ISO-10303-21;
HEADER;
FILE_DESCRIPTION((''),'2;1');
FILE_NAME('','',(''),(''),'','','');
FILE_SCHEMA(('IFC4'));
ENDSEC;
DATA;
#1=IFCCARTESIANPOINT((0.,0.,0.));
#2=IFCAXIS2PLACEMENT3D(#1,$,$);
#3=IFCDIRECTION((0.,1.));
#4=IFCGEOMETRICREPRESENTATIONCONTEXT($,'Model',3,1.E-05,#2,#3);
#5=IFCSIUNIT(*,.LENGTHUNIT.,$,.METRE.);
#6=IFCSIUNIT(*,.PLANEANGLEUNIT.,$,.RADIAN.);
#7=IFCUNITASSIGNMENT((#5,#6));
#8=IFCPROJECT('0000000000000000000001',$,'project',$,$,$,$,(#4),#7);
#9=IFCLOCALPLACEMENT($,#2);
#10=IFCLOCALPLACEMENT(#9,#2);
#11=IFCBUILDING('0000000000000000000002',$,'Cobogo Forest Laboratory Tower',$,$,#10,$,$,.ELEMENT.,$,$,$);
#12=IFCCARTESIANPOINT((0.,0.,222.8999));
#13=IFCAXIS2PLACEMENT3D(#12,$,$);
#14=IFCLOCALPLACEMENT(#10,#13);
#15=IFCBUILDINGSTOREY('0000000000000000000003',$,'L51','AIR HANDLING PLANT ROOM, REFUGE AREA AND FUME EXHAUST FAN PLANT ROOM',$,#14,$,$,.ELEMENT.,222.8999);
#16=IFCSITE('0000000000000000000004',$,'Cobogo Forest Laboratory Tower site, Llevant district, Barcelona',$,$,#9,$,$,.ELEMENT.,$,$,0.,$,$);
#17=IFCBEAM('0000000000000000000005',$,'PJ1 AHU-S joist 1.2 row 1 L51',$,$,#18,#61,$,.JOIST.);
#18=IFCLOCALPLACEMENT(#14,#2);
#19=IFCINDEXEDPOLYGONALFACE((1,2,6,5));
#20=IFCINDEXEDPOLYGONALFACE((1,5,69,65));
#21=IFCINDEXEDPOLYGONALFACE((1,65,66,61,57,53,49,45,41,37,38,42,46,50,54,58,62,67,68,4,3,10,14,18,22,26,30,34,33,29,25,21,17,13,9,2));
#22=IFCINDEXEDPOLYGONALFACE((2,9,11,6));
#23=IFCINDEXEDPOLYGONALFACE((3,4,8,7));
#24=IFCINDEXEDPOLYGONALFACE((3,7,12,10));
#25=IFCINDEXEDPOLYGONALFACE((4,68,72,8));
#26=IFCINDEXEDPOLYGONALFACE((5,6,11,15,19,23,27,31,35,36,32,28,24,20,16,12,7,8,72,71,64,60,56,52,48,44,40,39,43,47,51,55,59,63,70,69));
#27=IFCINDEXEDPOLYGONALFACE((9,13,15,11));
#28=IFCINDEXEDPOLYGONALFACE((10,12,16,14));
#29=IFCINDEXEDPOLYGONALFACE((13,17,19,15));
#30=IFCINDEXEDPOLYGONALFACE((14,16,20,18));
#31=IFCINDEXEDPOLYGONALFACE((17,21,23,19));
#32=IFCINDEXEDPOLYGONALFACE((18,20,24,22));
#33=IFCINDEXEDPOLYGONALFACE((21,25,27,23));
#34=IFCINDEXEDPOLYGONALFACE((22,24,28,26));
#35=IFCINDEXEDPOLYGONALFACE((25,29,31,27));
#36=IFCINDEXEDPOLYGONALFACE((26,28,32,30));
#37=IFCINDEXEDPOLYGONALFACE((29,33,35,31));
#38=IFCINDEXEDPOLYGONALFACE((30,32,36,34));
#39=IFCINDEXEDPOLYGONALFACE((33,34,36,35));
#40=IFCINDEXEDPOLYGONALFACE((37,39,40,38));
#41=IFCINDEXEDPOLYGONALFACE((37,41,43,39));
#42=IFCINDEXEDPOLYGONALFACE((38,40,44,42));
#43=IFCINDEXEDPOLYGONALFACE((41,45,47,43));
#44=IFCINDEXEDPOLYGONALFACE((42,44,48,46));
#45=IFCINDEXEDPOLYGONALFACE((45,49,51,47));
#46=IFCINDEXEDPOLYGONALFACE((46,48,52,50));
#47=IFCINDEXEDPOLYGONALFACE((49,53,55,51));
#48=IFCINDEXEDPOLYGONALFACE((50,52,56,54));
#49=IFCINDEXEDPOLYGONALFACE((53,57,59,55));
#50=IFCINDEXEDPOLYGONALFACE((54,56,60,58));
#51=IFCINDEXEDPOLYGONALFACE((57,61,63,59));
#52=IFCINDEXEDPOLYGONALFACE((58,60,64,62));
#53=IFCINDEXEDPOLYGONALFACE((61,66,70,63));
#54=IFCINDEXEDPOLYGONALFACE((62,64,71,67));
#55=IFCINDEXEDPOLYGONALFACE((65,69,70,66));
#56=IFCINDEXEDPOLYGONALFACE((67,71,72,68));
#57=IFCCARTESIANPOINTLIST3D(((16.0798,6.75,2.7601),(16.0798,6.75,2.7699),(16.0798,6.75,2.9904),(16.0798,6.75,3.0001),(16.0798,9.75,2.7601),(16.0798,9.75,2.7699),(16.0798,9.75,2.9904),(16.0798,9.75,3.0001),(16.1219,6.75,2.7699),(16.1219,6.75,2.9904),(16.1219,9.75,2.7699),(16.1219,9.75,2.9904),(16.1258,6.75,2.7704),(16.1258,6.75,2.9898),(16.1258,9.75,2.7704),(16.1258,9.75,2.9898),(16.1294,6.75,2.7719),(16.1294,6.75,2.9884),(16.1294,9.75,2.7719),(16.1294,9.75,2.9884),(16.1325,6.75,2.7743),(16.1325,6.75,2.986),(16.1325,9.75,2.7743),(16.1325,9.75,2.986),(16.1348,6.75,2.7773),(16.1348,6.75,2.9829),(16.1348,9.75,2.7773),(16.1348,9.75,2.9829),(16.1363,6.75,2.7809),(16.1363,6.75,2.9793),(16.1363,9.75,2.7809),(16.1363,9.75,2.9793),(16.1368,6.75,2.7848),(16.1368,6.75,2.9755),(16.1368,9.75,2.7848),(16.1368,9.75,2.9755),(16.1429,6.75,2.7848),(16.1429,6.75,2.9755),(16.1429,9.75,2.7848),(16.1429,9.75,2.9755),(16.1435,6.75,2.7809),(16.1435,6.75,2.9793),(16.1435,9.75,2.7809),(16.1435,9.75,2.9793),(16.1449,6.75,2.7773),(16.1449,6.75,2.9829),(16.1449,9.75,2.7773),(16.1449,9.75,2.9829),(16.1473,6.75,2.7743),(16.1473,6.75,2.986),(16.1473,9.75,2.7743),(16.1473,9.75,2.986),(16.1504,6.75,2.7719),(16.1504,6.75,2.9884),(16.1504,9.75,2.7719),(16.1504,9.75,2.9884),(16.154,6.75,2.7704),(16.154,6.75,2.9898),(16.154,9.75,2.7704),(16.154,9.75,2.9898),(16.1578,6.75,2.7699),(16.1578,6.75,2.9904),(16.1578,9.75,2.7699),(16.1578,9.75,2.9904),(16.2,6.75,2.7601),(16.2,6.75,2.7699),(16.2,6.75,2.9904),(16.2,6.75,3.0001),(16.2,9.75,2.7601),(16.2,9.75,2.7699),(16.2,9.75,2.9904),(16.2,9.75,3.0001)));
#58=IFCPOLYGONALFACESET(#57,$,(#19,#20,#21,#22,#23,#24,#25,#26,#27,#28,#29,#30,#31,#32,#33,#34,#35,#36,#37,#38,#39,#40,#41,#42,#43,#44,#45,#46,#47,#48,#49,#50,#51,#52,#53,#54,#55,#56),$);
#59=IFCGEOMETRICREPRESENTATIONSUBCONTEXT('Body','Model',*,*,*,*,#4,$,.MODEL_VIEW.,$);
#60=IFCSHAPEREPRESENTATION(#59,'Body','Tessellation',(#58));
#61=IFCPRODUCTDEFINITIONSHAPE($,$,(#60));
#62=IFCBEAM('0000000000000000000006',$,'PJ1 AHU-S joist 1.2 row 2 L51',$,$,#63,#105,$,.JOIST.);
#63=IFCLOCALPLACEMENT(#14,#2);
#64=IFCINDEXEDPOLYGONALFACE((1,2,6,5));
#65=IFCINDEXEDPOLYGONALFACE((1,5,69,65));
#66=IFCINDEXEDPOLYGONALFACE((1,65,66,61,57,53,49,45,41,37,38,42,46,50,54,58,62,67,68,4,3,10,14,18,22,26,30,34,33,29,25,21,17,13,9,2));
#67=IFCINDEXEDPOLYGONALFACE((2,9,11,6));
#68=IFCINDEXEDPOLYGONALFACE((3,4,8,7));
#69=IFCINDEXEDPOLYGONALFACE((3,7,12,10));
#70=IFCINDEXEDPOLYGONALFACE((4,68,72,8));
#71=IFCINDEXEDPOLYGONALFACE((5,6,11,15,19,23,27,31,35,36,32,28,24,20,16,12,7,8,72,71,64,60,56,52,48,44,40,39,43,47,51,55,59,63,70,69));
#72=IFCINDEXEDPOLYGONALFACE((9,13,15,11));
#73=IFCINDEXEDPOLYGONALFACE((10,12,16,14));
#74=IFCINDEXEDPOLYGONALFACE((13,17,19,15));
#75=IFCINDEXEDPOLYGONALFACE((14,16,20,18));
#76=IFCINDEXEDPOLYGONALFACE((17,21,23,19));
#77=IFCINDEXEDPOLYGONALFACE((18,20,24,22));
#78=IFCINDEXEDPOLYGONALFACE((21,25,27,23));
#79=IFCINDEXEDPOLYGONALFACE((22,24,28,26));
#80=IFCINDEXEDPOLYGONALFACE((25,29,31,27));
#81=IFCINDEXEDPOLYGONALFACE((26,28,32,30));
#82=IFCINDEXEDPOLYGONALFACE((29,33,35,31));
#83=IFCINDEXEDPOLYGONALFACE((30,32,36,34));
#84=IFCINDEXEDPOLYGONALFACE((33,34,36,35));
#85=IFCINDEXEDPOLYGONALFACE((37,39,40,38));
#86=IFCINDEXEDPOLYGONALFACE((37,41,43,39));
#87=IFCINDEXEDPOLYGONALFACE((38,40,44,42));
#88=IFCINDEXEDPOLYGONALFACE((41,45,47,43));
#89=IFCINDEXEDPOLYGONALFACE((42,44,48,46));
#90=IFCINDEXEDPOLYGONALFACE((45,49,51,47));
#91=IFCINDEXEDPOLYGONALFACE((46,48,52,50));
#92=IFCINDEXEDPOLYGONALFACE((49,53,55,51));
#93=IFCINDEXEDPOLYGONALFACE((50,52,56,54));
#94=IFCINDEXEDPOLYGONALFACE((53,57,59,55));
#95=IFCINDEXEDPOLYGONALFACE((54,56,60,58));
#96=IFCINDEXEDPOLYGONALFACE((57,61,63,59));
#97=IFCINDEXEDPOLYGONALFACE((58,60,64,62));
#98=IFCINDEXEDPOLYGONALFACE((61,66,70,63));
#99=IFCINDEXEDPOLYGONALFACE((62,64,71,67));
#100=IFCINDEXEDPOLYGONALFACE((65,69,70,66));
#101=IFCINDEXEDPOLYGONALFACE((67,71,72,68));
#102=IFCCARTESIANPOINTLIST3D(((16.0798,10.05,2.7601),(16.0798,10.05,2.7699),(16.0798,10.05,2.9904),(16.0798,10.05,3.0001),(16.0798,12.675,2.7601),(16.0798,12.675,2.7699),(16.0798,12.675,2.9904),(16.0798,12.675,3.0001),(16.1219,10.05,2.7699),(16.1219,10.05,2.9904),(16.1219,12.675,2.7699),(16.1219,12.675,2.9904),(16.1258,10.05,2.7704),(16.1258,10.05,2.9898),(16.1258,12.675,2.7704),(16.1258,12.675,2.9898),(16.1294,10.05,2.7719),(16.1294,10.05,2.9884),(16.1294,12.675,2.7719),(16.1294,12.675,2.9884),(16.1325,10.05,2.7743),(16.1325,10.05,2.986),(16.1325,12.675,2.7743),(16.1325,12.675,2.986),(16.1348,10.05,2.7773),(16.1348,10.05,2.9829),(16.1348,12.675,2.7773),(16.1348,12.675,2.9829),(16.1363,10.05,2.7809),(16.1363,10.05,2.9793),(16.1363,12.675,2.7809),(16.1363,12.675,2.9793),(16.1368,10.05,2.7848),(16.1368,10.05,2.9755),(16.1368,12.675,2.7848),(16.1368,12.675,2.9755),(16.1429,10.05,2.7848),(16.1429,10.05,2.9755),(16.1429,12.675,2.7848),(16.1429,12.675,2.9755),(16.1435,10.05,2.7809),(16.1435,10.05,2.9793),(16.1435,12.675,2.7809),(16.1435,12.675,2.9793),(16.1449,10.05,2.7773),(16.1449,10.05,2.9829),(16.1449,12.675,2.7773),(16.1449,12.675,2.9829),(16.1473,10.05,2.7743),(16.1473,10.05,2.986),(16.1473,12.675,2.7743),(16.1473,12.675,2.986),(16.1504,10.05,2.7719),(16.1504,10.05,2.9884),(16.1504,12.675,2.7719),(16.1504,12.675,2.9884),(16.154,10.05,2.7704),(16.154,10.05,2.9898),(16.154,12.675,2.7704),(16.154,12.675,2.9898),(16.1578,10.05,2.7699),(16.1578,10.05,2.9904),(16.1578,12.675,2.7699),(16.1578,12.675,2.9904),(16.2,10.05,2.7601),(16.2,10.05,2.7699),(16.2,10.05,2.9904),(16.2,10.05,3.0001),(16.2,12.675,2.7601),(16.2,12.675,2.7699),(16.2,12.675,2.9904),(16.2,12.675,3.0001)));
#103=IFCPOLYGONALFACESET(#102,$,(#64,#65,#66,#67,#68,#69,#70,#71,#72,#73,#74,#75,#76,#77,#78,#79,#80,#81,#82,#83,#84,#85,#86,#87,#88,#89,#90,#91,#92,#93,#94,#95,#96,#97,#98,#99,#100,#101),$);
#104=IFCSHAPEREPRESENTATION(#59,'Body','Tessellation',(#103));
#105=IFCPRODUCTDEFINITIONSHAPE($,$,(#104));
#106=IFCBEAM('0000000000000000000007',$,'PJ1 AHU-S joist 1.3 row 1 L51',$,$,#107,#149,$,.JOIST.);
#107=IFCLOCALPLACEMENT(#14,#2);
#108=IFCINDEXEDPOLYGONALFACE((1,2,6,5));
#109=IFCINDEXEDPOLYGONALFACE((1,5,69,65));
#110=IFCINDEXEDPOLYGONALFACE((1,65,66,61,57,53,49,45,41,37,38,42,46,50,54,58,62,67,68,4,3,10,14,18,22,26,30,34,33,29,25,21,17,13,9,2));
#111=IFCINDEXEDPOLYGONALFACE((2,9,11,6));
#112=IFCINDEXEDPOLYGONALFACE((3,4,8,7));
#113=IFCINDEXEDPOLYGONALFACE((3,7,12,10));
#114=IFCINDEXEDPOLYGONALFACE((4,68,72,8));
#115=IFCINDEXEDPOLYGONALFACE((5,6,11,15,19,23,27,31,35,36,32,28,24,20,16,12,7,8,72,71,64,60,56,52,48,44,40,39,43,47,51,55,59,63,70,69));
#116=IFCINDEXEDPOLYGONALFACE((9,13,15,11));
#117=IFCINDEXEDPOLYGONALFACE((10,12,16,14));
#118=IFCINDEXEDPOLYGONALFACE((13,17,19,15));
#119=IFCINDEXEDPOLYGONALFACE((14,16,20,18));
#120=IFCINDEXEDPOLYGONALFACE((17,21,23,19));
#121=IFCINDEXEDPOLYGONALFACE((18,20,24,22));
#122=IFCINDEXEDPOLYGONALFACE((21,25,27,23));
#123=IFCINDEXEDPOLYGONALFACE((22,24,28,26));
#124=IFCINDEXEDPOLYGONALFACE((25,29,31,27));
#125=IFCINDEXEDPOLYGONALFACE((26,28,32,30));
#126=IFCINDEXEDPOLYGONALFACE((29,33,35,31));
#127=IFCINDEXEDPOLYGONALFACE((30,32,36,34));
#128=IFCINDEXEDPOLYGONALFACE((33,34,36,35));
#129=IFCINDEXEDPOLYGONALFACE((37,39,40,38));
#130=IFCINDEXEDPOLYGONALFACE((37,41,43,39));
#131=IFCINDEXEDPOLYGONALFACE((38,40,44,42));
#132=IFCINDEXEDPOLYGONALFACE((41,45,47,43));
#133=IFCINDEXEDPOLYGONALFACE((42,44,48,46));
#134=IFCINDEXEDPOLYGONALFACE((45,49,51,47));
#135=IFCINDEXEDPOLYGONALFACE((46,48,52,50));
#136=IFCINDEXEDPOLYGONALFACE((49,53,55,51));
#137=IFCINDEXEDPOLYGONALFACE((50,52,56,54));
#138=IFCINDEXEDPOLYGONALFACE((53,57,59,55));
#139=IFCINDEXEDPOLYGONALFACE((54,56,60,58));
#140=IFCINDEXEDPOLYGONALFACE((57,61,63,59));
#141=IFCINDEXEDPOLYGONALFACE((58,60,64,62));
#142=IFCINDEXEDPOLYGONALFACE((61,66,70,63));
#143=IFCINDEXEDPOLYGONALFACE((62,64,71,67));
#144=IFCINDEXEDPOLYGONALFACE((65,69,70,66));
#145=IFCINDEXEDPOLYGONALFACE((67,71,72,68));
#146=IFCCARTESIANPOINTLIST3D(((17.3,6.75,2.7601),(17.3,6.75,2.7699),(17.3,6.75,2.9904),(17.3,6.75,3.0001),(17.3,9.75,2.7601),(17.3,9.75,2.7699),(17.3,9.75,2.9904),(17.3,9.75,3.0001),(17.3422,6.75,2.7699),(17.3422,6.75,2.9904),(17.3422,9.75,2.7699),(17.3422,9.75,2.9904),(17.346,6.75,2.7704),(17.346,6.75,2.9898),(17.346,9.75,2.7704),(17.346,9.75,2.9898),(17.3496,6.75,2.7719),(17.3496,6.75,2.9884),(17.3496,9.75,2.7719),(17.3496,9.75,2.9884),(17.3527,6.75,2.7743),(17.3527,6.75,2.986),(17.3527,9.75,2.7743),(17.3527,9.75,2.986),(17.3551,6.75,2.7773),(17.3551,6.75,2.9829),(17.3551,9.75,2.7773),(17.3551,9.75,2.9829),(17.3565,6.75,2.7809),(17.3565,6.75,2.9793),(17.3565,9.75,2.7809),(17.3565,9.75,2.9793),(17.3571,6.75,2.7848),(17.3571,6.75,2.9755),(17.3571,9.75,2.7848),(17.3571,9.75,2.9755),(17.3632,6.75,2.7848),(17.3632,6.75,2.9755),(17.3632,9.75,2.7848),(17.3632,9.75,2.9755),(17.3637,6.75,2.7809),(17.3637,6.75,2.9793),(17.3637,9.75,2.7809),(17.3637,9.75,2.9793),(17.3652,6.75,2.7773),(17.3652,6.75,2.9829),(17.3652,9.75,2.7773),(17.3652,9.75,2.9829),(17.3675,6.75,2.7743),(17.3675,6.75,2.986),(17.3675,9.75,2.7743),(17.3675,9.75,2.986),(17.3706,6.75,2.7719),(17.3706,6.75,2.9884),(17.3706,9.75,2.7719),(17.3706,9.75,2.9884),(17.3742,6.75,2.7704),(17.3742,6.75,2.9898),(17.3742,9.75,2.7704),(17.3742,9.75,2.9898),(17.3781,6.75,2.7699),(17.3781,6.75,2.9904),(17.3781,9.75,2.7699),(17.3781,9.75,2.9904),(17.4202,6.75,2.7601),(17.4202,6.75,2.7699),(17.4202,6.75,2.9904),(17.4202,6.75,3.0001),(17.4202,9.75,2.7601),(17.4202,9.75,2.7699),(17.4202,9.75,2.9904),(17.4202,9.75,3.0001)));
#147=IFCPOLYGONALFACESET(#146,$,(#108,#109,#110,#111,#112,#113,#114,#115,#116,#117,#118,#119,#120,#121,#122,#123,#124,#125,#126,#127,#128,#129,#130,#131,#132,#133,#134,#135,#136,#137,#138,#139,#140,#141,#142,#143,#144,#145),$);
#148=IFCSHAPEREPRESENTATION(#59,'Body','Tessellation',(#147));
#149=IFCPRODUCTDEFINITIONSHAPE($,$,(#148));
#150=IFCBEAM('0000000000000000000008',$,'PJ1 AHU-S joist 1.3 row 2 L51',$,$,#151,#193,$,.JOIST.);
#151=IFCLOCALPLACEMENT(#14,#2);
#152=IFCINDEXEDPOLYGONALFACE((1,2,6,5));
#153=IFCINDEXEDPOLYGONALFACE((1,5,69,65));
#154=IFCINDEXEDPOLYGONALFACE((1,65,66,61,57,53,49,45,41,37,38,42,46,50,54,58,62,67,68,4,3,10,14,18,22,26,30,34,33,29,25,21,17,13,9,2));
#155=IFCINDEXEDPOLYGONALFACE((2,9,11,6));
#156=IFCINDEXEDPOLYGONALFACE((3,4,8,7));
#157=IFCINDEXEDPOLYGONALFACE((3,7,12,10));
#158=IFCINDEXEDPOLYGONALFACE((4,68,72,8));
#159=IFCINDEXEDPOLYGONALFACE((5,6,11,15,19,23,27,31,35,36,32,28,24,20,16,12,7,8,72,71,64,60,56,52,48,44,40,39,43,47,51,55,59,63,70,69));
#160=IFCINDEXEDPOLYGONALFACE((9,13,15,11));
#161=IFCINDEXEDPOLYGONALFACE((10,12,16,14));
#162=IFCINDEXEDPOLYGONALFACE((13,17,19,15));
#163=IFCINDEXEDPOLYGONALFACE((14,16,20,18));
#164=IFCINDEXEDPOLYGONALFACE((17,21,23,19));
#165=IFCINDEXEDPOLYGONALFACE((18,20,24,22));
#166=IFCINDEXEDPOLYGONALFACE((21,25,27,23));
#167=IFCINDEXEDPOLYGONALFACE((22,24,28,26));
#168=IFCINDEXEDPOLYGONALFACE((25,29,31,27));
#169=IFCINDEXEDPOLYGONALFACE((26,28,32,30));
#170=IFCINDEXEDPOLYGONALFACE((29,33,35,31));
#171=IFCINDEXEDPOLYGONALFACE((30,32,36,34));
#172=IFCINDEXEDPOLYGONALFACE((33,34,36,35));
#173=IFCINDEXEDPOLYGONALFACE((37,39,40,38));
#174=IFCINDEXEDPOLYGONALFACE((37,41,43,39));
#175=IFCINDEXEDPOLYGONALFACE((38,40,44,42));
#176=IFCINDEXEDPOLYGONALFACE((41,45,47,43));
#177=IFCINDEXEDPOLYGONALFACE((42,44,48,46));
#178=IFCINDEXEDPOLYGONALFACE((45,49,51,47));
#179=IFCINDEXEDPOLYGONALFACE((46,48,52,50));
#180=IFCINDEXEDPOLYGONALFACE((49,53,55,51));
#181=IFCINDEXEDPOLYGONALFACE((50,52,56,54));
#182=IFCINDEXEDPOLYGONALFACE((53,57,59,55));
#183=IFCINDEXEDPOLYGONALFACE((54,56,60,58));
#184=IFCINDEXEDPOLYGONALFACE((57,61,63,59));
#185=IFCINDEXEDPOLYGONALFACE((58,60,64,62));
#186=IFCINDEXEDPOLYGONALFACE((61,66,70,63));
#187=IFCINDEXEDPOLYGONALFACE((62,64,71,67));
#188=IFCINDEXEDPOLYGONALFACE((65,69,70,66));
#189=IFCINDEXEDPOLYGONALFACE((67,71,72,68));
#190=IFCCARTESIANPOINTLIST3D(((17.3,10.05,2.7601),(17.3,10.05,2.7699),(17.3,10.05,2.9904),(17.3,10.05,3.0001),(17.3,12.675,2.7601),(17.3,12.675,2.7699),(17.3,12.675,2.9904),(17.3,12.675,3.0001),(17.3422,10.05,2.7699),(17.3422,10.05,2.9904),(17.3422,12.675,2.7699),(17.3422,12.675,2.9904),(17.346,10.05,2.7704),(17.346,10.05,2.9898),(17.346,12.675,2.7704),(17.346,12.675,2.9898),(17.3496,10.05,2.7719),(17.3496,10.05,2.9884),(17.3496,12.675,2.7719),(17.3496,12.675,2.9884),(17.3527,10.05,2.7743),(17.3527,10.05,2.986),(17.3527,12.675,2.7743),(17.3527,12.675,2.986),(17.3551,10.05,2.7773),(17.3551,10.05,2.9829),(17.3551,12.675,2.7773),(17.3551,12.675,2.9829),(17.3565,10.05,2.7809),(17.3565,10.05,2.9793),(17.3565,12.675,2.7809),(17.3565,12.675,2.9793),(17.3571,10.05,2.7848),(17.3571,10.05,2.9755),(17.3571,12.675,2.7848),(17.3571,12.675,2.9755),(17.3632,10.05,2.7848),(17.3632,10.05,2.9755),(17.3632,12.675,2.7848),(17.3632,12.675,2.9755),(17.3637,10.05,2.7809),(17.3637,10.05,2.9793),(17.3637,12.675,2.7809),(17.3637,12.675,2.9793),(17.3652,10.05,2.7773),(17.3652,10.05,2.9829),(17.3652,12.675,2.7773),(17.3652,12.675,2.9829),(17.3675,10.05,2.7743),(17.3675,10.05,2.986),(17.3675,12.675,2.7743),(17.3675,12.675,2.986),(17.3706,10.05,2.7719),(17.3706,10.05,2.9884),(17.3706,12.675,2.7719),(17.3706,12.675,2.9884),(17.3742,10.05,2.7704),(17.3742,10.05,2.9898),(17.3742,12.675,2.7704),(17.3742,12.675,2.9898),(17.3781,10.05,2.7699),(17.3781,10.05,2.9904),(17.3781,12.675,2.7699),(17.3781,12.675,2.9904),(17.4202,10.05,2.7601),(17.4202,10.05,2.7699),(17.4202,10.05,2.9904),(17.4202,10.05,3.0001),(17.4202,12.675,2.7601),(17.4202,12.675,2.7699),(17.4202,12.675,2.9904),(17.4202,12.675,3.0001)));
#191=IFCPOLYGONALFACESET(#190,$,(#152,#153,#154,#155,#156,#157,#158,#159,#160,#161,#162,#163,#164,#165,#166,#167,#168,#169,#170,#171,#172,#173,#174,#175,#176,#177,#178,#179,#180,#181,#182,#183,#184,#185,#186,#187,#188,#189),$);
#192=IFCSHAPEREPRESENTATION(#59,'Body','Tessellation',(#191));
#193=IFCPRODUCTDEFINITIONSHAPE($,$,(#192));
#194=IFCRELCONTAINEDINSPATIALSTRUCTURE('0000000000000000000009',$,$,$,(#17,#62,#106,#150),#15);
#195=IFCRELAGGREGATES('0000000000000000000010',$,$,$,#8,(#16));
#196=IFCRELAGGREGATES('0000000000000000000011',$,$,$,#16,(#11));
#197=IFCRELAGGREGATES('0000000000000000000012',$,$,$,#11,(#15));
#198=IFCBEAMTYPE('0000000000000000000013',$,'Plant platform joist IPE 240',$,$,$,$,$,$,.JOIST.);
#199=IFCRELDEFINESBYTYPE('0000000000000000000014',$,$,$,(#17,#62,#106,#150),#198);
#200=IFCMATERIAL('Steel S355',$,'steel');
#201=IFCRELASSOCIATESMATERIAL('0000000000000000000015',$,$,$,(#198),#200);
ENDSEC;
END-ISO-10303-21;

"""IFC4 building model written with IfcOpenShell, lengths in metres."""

from ifc_helpers import new_model, si_unit, direction, frame, origin, origin_2d, place, context, subcontext, project, spatial, i_section, extrude, material, material_profile, profile_set, type_object, element, save


model = new_model("IFC4")

# Units and contexts
model_context = context("Model", 3, precision=1e-05, world=origin(), true_north=direction((0.0, 1.0)))
body_context = subcontext(model_context, "Body", "Model", "MODEL_VIEW")
ifc_project = project(units=[si_unit("LENGTHUNIT", "METRE"), si_unit("PLANEANGLEUNIT", "RADIAN")], contexts=[model_context])

# Site, building, storey
site_placement = place(None, origin())
site = spatial("IfcSite", under=ifc_project, at=site_placement, Name="Cobogo Forest Laboratory Tower site, Llevant district, Barcelona", CompositionType="ELEMENT", RefElevation=0.0)
building_placement = place(site_placement, origin())
building = spatial("IfcBuilding", under=site, at=building_placement, Name="Cobogo Forest Laboratory Tower", CompositionType="ELEMENT")
storey_placement = place(building_placement, frame((0.0, 0.0, 222.8999)))
storey = spatial("IfcBuildingStorey", under=building, at=storey_placement, Name="L51", Description="AIR HANDLING PLANT ROOM, REFUGE AREA AND FUME EXHAUST FAN PLANT ROOM", CompositionType="ELEMENT", Elevation=222.8999)

# Beams
ifc_material_1 = material(Name="Steel S355", Category="steel")
ifc_material_profile_1 = material_profile(ifc_material_1, i_section(OverallWidth=0.1201, OverallDepth=0.24, WebThickness=0.0061, FlangeThickness=0.0098, FilletRadius=0.0149, at=origin_2d()), Name="IPE 240")
ifc_profile_set_1 = profile_set([ifc_material_profile_1], Name="Steel S355")
beam_type_1 = type_object("IfcBeamType", Name="Plant platform joist IPE 240", PredefinedType="JOIST", material=ifc_profile_set_1)
beam_1_placement = place(storey_placement, frame((16.1399, 6.75, 2.8801), z_axis=(0.0, 1.0, 0.0), x_axis=(-1.0, 0.0, 0.0)))
element("IfcBeam", 1, at=beam_1_placement, inside=storey, type_object=beam_type_1, Name="PJ1 AHU-S joist 1.2 row 1 L51", PredefinedType="JOIST", context=body_context, shape_type="SweptSolid", body=[
    extrude(i_section(OverallWidth=0.1201, OverallDepth=0.24, WebThickness=0.0061, FlangeThickness=0.0098, FilletRadius=0.0149, at=origin_2d()), origin(), (0.0, 0.0, 1.0), 3.0),
])
beam_2_placement = place(storey_placement, frame((16.1399, 10.05, 2.8801), z_axis=(0.0, 1.0, 0.0), x_axis=(-1.0, 0.0, 0.0)))
element("IfcBeam", 2, at=beam_2_placement, inside=storey, type_object=beam_type_1, Name="PJ1 AHU-S joist 1.2 row 2 L51", PredefinedType="JOIST", context=body_context, shape_type="SweptSolid", body=[
    extrude(i_section(OverallWidth=0.1201, OverallDepth=0.24, WebThickness=0.0061, FlangeThickness=0.0098, FilletRadius=0.0149, at=origin_2d()), origin(), (0.0, 0.0, 1.0), 2.625),
])
beam_3_placement = place(storey_placement, frame((17.3601, 6.75, 2.8801), z_axis=(0.0, 1.0, 0.0), x_axis=(-1.0, 0.0, 0.0)))
element("IfcBeam", 3, at=beam_3_placement, inside=storey, type_object=beam_type_1, Name="PJ1 AHU-S joist 1.3 row 1 L51", PredefinedType="JOIST", context=body_context, shape_type="SweptSolid", body=[
    extrude(i_section(OverallWidth=0.1201, OverallDepth=0.24, WebThickness=0.0061, FlangeThickness=0.0098, FilletRadius=0.0149, at=origin_2d()), origin(), (0.0, 0.0, 1.0), 3.0),
])
beam_4_placement = place(storey_placement, frame((17.3601, 10.05, 2.8801), z_axis=(0.0, 1.0, 0.0), x_axis=(-1.0, 0.0, 0.0)))
element("IfcBeam", 4, at=beam_4_placement, inside=storey, type_object=beam_type_1, Name="PJ1 AHU-S joist 1.3 row 2 L51", PredefinedType="JOIST", context=body_context, shape_type="SweptSolid", body=[
    extrude(i_section(OverallWidth=0.1201, OverallDepth=0.24, WebThickness=0.0061, FlangeThickness=0.0098, FilletRadius=0.0149, at=origin_2d()), origin(), (0.0, 0.0, 1.0), 2.625),
])

save(model, "model.ifc")
